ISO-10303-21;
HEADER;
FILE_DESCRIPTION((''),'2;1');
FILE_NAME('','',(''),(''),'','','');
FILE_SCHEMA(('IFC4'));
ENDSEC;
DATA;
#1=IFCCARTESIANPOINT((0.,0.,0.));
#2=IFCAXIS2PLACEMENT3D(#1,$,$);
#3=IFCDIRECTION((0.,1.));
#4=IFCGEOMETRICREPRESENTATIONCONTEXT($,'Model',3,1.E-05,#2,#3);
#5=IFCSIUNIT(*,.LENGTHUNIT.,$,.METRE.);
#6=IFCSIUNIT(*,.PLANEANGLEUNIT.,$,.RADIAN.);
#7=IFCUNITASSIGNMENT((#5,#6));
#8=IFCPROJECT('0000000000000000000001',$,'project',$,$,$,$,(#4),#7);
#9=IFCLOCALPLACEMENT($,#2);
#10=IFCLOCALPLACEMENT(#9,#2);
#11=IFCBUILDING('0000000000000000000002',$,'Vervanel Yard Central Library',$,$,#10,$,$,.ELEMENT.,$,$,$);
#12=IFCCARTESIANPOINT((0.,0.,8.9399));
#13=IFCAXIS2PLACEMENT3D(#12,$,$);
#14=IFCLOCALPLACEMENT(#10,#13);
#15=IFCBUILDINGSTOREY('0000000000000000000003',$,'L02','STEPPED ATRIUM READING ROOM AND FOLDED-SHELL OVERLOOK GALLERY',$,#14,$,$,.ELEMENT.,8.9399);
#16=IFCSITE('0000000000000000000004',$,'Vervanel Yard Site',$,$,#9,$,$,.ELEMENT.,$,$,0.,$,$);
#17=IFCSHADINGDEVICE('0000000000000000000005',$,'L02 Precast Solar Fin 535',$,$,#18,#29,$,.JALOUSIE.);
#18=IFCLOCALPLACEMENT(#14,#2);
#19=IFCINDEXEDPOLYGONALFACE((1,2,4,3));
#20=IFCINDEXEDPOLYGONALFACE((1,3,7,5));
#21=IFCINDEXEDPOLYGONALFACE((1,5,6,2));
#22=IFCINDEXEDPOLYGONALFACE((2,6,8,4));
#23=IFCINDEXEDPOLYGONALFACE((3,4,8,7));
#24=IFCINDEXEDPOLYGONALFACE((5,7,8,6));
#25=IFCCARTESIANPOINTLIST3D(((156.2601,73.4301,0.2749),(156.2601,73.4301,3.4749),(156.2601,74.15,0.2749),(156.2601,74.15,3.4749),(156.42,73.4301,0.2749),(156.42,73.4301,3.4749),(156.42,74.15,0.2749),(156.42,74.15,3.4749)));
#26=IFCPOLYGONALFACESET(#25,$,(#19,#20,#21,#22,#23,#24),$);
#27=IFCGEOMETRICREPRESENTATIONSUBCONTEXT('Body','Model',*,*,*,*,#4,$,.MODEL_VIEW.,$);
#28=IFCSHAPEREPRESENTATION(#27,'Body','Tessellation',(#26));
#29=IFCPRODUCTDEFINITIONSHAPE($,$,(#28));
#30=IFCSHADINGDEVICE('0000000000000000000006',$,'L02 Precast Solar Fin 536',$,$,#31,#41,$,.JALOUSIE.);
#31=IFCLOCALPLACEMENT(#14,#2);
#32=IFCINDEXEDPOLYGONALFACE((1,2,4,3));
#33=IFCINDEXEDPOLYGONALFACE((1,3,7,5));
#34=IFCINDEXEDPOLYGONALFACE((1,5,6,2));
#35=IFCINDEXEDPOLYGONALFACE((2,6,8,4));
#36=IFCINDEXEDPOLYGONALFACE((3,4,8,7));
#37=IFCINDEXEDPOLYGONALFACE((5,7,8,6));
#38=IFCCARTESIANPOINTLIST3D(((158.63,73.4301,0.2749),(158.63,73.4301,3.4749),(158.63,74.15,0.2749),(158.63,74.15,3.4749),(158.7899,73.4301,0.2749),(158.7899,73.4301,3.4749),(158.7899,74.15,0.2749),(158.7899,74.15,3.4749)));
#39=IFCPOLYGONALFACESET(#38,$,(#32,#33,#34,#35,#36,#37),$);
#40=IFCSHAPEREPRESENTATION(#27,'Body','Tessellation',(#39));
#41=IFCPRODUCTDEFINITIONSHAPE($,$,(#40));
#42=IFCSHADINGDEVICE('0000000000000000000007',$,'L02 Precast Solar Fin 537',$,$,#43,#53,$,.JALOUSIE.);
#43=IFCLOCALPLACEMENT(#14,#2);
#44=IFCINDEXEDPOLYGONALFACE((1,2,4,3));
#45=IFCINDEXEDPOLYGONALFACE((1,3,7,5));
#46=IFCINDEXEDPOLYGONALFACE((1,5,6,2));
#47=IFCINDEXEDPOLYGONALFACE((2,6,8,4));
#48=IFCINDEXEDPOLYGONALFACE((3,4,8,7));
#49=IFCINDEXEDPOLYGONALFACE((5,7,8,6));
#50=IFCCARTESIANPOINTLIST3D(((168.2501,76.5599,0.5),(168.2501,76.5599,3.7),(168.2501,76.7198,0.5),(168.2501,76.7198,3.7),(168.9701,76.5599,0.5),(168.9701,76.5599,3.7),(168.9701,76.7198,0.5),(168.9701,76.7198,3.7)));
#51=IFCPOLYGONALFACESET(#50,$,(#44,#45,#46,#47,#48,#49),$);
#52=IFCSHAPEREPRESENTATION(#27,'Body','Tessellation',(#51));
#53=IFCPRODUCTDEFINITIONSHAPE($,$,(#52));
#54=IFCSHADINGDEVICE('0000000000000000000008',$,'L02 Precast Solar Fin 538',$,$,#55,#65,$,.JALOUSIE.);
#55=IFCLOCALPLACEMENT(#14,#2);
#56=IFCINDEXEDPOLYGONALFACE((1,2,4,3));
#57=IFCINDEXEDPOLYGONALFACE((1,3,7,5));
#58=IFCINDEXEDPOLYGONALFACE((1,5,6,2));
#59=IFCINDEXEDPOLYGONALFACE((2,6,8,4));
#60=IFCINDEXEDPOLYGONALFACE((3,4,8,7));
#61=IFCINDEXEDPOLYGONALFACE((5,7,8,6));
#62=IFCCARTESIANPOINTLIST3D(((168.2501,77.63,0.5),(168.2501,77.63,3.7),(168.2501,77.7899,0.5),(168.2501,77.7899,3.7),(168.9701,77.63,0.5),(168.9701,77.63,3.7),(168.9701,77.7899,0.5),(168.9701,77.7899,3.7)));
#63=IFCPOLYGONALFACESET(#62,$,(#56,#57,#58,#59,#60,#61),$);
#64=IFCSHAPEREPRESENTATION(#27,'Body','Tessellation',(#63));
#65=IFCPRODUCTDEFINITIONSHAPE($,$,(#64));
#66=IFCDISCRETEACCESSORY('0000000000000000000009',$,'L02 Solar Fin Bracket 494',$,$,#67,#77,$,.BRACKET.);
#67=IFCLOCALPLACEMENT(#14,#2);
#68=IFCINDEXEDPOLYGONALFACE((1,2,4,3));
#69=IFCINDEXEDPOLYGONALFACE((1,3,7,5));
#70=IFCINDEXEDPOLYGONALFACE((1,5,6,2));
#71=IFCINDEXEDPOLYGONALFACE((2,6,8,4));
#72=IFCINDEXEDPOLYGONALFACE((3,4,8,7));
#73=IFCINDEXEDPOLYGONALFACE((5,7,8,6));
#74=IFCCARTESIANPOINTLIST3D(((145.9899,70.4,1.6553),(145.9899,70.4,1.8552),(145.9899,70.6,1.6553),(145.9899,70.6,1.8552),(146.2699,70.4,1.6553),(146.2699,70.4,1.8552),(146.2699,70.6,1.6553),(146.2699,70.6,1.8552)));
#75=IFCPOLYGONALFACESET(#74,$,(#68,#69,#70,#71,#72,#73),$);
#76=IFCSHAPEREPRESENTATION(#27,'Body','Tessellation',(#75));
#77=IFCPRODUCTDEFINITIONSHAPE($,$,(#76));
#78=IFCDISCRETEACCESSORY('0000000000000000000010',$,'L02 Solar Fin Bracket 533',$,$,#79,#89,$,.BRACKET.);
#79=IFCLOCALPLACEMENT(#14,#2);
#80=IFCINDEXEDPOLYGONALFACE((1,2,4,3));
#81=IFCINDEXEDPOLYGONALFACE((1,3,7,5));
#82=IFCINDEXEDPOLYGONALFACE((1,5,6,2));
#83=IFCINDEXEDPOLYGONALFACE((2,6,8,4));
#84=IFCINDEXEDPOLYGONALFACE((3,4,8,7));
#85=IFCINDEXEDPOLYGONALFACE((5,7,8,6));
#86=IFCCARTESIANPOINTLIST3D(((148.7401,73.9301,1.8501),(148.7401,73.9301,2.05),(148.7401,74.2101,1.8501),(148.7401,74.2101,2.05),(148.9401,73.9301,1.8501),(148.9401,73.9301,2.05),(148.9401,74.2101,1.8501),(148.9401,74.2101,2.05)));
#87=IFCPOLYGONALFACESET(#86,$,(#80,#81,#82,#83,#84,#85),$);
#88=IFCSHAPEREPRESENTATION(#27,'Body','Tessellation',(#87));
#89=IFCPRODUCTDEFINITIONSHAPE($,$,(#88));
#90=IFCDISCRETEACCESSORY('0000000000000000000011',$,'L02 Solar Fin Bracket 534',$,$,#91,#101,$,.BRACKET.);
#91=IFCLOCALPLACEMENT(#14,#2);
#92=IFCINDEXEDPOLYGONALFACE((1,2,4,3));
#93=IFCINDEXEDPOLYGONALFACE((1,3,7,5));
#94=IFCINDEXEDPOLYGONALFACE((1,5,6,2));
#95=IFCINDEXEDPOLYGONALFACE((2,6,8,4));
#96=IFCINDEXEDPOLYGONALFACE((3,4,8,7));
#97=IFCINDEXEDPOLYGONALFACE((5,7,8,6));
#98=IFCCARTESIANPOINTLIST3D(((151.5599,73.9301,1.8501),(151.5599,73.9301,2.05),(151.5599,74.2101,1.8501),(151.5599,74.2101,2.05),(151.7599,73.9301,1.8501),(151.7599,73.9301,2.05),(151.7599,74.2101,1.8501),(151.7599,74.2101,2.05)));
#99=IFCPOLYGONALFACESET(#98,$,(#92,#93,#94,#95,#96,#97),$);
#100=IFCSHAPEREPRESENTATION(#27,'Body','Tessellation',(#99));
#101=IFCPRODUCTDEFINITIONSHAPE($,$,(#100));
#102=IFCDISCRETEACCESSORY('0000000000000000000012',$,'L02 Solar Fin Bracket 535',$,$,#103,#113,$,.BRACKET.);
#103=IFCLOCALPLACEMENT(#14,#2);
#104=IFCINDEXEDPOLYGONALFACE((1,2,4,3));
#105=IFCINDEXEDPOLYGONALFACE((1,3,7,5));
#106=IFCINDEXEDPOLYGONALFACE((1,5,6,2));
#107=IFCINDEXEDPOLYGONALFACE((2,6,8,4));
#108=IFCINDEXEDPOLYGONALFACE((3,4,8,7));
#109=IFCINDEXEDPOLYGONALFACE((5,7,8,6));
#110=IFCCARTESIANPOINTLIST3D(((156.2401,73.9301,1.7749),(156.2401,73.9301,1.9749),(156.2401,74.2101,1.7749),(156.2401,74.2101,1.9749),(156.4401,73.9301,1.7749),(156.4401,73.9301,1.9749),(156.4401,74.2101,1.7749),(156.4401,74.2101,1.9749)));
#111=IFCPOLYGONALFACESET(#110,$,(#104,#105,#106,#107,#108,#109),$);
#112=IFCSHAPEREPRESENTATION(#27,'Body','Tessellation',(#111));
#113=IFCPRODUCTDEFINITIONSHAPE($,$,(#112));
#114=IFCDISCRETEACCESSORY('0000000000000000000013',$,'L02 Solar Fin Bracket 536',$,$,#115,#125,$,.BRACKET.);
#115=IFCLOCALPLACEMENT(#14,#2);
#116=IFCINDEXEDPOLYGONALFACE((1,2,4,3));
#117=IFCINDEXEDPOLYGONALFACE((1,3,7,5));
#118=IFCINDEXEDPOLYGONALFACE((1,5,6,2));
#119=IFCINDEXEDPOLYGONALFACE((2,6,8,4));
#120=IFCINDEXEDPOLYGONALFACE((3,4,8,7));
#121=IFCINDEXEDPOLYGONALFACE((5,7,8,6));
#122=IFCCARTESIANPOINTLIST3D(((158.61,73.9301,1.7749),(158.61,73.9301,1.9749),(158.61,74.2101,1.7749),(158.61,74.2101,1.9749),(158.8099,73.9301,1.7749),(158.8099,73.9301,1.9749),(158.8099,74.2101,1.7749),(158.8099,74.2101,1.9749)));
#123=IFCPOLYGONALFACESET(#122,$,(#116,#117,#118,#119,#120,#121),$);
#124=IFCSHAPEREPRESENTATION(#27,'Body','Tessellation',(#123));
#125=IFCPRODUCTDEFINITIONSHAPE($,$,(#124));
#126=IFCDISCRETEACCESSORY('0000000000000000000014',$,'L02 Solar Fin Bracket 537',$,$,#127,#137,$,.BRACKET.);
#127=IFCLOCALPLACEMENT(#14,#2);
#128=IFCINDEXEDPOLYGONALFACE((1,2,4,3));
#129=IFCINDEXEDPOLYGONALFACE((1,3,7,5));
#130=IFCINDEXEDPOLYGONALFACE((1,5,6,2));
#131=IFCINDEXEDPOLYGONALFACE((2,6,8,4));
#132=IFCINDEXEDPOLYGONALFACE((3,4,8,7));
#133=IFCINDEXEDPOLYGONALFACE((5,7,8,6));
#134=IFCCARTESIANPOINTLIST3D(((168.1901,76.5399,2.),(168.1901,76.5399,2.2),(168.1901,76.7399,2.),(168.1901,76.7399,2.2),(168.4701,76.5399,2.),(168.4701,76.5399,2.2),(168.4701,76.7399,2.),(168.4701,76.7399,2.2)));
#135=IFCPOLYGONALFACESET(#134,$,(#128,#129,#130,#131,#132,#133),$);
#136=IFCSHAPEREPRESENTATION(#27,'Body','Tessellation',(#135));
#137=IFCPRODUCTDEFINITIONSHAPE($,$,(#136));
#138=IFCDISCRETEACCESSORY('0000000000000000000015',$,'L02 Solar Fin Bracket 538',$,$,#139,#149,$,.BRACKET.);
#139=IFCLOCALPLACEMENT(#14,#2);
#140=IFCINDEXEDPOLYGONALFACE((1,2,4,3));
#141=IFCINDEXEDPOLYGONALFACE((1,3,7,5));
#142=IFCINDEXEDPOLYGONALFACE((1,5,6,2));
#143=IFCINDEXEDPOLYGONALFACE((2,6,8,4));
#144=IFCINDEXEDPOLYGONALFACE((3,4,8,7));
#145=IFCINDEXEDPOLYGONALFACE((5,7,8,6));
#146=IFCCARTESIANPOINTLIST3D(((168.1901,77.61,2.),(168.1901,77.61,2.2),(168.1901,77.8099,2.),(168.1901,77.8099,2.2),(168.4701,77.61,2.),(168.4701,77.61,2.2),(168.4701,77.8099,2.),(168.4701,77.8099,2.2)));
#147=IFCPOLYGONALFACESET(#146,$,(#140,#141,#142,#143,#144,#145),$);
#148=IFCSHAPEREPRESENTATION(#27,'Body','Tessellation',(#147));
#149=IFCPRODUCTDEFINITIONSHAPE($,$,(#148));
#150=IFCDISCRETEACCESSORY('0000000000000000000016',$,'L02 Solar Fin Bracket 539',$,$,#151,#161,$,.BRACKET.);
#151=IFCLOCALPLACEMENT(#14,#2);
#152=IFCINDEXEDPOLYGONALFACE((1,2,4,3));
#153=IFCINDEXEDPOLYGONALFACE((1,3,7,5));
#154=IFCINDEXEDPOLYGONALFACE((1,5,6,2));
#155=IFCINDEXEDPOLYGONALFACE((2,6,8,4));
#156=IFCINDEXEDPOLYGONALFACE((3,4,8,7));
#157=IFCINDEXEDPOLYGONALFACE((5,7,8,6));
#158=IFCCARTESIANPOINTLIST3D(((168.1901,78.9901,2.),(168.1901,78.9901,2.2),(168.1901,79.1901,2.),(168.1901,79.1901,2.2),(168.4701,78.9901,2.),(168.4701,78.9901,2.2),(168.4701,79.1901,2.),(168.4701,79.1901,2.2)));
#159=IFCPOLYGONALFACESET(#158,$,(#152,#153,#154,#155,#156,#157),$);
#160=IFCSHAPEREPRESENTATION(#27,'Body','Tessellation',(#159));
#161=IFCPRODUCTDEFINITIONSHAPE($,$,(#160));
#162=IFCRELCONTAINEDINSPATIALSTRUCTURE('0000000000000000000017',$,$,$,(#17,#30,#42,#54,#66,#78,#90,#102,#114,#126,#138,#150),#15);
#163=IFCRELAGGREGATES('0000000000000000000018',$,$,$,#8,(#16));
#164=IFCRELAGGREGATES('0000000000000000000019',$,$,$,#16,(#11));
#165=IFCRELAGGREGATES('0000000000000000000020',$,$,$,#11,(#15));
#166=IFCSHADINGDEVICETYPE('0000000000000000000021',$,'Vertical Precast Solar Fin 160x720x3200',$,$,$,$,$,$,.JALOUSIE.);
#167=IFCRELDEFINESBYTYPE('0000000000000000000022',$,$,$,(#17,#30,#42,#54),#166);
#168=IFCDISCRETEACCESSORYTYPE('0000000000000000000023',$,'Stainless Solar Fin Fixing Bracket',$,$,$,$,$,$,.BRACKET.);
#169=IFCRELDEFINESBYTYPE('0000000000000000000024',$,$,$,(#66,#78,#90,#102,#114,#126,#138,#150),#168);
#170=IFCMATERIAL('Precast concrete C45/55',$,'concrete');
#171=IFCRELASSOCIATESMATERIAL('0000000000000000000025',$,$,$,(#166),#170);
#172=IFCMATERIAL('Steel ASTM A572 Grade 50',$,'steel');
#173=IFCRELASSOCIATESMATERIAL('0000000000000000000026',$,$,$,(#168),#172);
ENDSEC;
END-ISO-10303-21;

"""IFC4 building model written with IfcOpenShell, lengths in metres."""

from ifc_helpers import new_model, si_unit, direction, frame, origin, origin_2d, place, context, subcontext, project, spatial, rectangle, extrude, material, type_object, element, save


model = new_model("IFC4")

# Units and contexts
model_context = context("Model", 3, precision=1e-05, world=origin(), true_north=direction((0.0, 1.0)))
body_context = subcontext(model_context, "Body", "Model", "MODEL_VIEW")
ifc_project = project(units=[si_unit("LENGTHUNIT", "METRE"), si_unit("PLANEANGLEUNIT", "RADIAN")], contexts=[model_context])

# Site, building, storey
site_placement = place(None, origin())
site = spatial("IfcSite", under=ifc_project, at=site_placement, Name="Vervanel Yard Site", CompositionType="ELEMENT", RefElevation=0.0)
building_placement = place(site_placement, origin())
building = spatial("IfcBuilding", under=site, at=building_placement, Name="Vervanel Yard Central Library", CompositionType="ELEMENT")
storey_placement = place(building_placement, frame((0.0, 0.0, 8.9399)))
storey = spatial("IfcBuildingStorey", under=building, at=storey_placement, Name="L02", Description="STEPPED ATRIUM READING ROOM AND FOLDED-SHELL OVERLOOK GALLERY", CompositionType="ELEMENT", Elevation=8.9399)

# Shared definitions
ifc_material_1 = material(Name="Precast concrete C45/55", Category="concrete")

# Shading devices
shading_device_type = type_object("IfcShadingDeviceType", Name="Vertical Precast Solar Fin 160x720x3200", PredefinedType="JALOUSIE", material=ifc_material_1)
for number, where, z_axis, x_axis, name in (
    (1, (156.3401, 73.79, 0.2749), (0.0, 0.0, 1.0), (1.0, 0.0, 0.0), "L02 Precast Solar Fin 535"),
    (2, (158.71, 73.79, 0.2749), (0.0, 0.0, 1.0), (1.0, 0.0, 0.0), "L02 Precast Solar Fin 536"),
    (3, (168.6101, 76.6399, 0.5), (0.0, 0.0, 1.0), (0.0, 1.0, 0.0), "L02 Precast Solar Fin 537"),
    (4, (168.6101, 77.71, 0.5), (0.0, 0.0, 1.0), (0.0, 1.0, 0.0), "L02 Precast Solar Fin 538"),
):
    element("IfcShadingDevice", number, at=place(storey_placement, frame(where, z_axis=z_axis, x_axis=x_axis)), inside=storey, type_object=shading_device_type, Name=name, PredefinedType="JALOUSIE", context=body_context, shape_type="SweptSolid", body=[
        extrude(rectangle(XDim=0.1599, YDim=0.72, at=origin_2d()), origin(), (0.0, 0.0, 1.0), 3.2),
    ])

# Discrete accessories
ifc_material_2 = material(Name="Steel ASTM A572 Grade 50", Category="steel")
discrete_accessory_type = type_object("IfcDiscreteAccessoryType", Name="Stainless Solar Fin Fixing Bracket", PredefinedType="BRACKET", material=ifc_material_2)
for number, where, z_axis, x_axis, name in (
    (5, (146.1299, 70.5, 1.6553), (0.0, 0.0, 1.0), (0.0, 1.0, 0.0), "L02 Solar Fin Bracket 494"),
    (6, (148.8401, 74.0701, 1.8501), (0.0, 0.0, 1.0), (1.0, 0.0, 0.0), "L02 Solar Fin Bracket 533"),
    (7, (151.6599, 74.0701, 1.8501), (0.0, 0.0, 1.0), (1.0, 0.0, 0.0), "L02 Solar Fin Bracket 534"),
    (8, (156.3401, 74.0701, 1.7749), (0.0, 0.0, 1.0), (1.0, 0.0, 0.0), "L02 Solar Fin Bracket 535"),
    (9, (158.71, 74.0701, 1.7749), (0.0, 0.0, 1.0), (1.0, 0.0, 0.0), "L02 Solar Fin Bracket 536"),
    (10, (168.3301, 76.6399, 2.0), (0.0, 0.0, 1.0), (0.0, 1.0, 0.0), "L02 Solar Fin Bracket 537"),
    (11, (168.3301, 77.71, 2.0), (0.0, 0.0, 1.0), (0.0, 1.0, 0.0), "L02 Solar Fin Bracket 538"),
    (12, (168.3301, 79.0901, 2.0), (0.0, 0.0, 1.0), (0.0, 1.0, 0.0), "L02 Solar Fin Bracket 539"),
):
    element("IfcDiscreteAccessory", number, at=place(storey_placement, frame(where, z_axis=z_axis, x_axis=x_axis)), inside=storey, type_object=discrete_accessory_type, Name=name, PredefinedType="BRACKET", context=body_context, shape_type="SweptSolid", body=[
        extrude(rectangle(XDim=0.2, YDim=0.28, at=origin_2d()), origin(), (0.0, 0.0, 1.0), 0.2),
    ])

save(model, "model.ifc")
